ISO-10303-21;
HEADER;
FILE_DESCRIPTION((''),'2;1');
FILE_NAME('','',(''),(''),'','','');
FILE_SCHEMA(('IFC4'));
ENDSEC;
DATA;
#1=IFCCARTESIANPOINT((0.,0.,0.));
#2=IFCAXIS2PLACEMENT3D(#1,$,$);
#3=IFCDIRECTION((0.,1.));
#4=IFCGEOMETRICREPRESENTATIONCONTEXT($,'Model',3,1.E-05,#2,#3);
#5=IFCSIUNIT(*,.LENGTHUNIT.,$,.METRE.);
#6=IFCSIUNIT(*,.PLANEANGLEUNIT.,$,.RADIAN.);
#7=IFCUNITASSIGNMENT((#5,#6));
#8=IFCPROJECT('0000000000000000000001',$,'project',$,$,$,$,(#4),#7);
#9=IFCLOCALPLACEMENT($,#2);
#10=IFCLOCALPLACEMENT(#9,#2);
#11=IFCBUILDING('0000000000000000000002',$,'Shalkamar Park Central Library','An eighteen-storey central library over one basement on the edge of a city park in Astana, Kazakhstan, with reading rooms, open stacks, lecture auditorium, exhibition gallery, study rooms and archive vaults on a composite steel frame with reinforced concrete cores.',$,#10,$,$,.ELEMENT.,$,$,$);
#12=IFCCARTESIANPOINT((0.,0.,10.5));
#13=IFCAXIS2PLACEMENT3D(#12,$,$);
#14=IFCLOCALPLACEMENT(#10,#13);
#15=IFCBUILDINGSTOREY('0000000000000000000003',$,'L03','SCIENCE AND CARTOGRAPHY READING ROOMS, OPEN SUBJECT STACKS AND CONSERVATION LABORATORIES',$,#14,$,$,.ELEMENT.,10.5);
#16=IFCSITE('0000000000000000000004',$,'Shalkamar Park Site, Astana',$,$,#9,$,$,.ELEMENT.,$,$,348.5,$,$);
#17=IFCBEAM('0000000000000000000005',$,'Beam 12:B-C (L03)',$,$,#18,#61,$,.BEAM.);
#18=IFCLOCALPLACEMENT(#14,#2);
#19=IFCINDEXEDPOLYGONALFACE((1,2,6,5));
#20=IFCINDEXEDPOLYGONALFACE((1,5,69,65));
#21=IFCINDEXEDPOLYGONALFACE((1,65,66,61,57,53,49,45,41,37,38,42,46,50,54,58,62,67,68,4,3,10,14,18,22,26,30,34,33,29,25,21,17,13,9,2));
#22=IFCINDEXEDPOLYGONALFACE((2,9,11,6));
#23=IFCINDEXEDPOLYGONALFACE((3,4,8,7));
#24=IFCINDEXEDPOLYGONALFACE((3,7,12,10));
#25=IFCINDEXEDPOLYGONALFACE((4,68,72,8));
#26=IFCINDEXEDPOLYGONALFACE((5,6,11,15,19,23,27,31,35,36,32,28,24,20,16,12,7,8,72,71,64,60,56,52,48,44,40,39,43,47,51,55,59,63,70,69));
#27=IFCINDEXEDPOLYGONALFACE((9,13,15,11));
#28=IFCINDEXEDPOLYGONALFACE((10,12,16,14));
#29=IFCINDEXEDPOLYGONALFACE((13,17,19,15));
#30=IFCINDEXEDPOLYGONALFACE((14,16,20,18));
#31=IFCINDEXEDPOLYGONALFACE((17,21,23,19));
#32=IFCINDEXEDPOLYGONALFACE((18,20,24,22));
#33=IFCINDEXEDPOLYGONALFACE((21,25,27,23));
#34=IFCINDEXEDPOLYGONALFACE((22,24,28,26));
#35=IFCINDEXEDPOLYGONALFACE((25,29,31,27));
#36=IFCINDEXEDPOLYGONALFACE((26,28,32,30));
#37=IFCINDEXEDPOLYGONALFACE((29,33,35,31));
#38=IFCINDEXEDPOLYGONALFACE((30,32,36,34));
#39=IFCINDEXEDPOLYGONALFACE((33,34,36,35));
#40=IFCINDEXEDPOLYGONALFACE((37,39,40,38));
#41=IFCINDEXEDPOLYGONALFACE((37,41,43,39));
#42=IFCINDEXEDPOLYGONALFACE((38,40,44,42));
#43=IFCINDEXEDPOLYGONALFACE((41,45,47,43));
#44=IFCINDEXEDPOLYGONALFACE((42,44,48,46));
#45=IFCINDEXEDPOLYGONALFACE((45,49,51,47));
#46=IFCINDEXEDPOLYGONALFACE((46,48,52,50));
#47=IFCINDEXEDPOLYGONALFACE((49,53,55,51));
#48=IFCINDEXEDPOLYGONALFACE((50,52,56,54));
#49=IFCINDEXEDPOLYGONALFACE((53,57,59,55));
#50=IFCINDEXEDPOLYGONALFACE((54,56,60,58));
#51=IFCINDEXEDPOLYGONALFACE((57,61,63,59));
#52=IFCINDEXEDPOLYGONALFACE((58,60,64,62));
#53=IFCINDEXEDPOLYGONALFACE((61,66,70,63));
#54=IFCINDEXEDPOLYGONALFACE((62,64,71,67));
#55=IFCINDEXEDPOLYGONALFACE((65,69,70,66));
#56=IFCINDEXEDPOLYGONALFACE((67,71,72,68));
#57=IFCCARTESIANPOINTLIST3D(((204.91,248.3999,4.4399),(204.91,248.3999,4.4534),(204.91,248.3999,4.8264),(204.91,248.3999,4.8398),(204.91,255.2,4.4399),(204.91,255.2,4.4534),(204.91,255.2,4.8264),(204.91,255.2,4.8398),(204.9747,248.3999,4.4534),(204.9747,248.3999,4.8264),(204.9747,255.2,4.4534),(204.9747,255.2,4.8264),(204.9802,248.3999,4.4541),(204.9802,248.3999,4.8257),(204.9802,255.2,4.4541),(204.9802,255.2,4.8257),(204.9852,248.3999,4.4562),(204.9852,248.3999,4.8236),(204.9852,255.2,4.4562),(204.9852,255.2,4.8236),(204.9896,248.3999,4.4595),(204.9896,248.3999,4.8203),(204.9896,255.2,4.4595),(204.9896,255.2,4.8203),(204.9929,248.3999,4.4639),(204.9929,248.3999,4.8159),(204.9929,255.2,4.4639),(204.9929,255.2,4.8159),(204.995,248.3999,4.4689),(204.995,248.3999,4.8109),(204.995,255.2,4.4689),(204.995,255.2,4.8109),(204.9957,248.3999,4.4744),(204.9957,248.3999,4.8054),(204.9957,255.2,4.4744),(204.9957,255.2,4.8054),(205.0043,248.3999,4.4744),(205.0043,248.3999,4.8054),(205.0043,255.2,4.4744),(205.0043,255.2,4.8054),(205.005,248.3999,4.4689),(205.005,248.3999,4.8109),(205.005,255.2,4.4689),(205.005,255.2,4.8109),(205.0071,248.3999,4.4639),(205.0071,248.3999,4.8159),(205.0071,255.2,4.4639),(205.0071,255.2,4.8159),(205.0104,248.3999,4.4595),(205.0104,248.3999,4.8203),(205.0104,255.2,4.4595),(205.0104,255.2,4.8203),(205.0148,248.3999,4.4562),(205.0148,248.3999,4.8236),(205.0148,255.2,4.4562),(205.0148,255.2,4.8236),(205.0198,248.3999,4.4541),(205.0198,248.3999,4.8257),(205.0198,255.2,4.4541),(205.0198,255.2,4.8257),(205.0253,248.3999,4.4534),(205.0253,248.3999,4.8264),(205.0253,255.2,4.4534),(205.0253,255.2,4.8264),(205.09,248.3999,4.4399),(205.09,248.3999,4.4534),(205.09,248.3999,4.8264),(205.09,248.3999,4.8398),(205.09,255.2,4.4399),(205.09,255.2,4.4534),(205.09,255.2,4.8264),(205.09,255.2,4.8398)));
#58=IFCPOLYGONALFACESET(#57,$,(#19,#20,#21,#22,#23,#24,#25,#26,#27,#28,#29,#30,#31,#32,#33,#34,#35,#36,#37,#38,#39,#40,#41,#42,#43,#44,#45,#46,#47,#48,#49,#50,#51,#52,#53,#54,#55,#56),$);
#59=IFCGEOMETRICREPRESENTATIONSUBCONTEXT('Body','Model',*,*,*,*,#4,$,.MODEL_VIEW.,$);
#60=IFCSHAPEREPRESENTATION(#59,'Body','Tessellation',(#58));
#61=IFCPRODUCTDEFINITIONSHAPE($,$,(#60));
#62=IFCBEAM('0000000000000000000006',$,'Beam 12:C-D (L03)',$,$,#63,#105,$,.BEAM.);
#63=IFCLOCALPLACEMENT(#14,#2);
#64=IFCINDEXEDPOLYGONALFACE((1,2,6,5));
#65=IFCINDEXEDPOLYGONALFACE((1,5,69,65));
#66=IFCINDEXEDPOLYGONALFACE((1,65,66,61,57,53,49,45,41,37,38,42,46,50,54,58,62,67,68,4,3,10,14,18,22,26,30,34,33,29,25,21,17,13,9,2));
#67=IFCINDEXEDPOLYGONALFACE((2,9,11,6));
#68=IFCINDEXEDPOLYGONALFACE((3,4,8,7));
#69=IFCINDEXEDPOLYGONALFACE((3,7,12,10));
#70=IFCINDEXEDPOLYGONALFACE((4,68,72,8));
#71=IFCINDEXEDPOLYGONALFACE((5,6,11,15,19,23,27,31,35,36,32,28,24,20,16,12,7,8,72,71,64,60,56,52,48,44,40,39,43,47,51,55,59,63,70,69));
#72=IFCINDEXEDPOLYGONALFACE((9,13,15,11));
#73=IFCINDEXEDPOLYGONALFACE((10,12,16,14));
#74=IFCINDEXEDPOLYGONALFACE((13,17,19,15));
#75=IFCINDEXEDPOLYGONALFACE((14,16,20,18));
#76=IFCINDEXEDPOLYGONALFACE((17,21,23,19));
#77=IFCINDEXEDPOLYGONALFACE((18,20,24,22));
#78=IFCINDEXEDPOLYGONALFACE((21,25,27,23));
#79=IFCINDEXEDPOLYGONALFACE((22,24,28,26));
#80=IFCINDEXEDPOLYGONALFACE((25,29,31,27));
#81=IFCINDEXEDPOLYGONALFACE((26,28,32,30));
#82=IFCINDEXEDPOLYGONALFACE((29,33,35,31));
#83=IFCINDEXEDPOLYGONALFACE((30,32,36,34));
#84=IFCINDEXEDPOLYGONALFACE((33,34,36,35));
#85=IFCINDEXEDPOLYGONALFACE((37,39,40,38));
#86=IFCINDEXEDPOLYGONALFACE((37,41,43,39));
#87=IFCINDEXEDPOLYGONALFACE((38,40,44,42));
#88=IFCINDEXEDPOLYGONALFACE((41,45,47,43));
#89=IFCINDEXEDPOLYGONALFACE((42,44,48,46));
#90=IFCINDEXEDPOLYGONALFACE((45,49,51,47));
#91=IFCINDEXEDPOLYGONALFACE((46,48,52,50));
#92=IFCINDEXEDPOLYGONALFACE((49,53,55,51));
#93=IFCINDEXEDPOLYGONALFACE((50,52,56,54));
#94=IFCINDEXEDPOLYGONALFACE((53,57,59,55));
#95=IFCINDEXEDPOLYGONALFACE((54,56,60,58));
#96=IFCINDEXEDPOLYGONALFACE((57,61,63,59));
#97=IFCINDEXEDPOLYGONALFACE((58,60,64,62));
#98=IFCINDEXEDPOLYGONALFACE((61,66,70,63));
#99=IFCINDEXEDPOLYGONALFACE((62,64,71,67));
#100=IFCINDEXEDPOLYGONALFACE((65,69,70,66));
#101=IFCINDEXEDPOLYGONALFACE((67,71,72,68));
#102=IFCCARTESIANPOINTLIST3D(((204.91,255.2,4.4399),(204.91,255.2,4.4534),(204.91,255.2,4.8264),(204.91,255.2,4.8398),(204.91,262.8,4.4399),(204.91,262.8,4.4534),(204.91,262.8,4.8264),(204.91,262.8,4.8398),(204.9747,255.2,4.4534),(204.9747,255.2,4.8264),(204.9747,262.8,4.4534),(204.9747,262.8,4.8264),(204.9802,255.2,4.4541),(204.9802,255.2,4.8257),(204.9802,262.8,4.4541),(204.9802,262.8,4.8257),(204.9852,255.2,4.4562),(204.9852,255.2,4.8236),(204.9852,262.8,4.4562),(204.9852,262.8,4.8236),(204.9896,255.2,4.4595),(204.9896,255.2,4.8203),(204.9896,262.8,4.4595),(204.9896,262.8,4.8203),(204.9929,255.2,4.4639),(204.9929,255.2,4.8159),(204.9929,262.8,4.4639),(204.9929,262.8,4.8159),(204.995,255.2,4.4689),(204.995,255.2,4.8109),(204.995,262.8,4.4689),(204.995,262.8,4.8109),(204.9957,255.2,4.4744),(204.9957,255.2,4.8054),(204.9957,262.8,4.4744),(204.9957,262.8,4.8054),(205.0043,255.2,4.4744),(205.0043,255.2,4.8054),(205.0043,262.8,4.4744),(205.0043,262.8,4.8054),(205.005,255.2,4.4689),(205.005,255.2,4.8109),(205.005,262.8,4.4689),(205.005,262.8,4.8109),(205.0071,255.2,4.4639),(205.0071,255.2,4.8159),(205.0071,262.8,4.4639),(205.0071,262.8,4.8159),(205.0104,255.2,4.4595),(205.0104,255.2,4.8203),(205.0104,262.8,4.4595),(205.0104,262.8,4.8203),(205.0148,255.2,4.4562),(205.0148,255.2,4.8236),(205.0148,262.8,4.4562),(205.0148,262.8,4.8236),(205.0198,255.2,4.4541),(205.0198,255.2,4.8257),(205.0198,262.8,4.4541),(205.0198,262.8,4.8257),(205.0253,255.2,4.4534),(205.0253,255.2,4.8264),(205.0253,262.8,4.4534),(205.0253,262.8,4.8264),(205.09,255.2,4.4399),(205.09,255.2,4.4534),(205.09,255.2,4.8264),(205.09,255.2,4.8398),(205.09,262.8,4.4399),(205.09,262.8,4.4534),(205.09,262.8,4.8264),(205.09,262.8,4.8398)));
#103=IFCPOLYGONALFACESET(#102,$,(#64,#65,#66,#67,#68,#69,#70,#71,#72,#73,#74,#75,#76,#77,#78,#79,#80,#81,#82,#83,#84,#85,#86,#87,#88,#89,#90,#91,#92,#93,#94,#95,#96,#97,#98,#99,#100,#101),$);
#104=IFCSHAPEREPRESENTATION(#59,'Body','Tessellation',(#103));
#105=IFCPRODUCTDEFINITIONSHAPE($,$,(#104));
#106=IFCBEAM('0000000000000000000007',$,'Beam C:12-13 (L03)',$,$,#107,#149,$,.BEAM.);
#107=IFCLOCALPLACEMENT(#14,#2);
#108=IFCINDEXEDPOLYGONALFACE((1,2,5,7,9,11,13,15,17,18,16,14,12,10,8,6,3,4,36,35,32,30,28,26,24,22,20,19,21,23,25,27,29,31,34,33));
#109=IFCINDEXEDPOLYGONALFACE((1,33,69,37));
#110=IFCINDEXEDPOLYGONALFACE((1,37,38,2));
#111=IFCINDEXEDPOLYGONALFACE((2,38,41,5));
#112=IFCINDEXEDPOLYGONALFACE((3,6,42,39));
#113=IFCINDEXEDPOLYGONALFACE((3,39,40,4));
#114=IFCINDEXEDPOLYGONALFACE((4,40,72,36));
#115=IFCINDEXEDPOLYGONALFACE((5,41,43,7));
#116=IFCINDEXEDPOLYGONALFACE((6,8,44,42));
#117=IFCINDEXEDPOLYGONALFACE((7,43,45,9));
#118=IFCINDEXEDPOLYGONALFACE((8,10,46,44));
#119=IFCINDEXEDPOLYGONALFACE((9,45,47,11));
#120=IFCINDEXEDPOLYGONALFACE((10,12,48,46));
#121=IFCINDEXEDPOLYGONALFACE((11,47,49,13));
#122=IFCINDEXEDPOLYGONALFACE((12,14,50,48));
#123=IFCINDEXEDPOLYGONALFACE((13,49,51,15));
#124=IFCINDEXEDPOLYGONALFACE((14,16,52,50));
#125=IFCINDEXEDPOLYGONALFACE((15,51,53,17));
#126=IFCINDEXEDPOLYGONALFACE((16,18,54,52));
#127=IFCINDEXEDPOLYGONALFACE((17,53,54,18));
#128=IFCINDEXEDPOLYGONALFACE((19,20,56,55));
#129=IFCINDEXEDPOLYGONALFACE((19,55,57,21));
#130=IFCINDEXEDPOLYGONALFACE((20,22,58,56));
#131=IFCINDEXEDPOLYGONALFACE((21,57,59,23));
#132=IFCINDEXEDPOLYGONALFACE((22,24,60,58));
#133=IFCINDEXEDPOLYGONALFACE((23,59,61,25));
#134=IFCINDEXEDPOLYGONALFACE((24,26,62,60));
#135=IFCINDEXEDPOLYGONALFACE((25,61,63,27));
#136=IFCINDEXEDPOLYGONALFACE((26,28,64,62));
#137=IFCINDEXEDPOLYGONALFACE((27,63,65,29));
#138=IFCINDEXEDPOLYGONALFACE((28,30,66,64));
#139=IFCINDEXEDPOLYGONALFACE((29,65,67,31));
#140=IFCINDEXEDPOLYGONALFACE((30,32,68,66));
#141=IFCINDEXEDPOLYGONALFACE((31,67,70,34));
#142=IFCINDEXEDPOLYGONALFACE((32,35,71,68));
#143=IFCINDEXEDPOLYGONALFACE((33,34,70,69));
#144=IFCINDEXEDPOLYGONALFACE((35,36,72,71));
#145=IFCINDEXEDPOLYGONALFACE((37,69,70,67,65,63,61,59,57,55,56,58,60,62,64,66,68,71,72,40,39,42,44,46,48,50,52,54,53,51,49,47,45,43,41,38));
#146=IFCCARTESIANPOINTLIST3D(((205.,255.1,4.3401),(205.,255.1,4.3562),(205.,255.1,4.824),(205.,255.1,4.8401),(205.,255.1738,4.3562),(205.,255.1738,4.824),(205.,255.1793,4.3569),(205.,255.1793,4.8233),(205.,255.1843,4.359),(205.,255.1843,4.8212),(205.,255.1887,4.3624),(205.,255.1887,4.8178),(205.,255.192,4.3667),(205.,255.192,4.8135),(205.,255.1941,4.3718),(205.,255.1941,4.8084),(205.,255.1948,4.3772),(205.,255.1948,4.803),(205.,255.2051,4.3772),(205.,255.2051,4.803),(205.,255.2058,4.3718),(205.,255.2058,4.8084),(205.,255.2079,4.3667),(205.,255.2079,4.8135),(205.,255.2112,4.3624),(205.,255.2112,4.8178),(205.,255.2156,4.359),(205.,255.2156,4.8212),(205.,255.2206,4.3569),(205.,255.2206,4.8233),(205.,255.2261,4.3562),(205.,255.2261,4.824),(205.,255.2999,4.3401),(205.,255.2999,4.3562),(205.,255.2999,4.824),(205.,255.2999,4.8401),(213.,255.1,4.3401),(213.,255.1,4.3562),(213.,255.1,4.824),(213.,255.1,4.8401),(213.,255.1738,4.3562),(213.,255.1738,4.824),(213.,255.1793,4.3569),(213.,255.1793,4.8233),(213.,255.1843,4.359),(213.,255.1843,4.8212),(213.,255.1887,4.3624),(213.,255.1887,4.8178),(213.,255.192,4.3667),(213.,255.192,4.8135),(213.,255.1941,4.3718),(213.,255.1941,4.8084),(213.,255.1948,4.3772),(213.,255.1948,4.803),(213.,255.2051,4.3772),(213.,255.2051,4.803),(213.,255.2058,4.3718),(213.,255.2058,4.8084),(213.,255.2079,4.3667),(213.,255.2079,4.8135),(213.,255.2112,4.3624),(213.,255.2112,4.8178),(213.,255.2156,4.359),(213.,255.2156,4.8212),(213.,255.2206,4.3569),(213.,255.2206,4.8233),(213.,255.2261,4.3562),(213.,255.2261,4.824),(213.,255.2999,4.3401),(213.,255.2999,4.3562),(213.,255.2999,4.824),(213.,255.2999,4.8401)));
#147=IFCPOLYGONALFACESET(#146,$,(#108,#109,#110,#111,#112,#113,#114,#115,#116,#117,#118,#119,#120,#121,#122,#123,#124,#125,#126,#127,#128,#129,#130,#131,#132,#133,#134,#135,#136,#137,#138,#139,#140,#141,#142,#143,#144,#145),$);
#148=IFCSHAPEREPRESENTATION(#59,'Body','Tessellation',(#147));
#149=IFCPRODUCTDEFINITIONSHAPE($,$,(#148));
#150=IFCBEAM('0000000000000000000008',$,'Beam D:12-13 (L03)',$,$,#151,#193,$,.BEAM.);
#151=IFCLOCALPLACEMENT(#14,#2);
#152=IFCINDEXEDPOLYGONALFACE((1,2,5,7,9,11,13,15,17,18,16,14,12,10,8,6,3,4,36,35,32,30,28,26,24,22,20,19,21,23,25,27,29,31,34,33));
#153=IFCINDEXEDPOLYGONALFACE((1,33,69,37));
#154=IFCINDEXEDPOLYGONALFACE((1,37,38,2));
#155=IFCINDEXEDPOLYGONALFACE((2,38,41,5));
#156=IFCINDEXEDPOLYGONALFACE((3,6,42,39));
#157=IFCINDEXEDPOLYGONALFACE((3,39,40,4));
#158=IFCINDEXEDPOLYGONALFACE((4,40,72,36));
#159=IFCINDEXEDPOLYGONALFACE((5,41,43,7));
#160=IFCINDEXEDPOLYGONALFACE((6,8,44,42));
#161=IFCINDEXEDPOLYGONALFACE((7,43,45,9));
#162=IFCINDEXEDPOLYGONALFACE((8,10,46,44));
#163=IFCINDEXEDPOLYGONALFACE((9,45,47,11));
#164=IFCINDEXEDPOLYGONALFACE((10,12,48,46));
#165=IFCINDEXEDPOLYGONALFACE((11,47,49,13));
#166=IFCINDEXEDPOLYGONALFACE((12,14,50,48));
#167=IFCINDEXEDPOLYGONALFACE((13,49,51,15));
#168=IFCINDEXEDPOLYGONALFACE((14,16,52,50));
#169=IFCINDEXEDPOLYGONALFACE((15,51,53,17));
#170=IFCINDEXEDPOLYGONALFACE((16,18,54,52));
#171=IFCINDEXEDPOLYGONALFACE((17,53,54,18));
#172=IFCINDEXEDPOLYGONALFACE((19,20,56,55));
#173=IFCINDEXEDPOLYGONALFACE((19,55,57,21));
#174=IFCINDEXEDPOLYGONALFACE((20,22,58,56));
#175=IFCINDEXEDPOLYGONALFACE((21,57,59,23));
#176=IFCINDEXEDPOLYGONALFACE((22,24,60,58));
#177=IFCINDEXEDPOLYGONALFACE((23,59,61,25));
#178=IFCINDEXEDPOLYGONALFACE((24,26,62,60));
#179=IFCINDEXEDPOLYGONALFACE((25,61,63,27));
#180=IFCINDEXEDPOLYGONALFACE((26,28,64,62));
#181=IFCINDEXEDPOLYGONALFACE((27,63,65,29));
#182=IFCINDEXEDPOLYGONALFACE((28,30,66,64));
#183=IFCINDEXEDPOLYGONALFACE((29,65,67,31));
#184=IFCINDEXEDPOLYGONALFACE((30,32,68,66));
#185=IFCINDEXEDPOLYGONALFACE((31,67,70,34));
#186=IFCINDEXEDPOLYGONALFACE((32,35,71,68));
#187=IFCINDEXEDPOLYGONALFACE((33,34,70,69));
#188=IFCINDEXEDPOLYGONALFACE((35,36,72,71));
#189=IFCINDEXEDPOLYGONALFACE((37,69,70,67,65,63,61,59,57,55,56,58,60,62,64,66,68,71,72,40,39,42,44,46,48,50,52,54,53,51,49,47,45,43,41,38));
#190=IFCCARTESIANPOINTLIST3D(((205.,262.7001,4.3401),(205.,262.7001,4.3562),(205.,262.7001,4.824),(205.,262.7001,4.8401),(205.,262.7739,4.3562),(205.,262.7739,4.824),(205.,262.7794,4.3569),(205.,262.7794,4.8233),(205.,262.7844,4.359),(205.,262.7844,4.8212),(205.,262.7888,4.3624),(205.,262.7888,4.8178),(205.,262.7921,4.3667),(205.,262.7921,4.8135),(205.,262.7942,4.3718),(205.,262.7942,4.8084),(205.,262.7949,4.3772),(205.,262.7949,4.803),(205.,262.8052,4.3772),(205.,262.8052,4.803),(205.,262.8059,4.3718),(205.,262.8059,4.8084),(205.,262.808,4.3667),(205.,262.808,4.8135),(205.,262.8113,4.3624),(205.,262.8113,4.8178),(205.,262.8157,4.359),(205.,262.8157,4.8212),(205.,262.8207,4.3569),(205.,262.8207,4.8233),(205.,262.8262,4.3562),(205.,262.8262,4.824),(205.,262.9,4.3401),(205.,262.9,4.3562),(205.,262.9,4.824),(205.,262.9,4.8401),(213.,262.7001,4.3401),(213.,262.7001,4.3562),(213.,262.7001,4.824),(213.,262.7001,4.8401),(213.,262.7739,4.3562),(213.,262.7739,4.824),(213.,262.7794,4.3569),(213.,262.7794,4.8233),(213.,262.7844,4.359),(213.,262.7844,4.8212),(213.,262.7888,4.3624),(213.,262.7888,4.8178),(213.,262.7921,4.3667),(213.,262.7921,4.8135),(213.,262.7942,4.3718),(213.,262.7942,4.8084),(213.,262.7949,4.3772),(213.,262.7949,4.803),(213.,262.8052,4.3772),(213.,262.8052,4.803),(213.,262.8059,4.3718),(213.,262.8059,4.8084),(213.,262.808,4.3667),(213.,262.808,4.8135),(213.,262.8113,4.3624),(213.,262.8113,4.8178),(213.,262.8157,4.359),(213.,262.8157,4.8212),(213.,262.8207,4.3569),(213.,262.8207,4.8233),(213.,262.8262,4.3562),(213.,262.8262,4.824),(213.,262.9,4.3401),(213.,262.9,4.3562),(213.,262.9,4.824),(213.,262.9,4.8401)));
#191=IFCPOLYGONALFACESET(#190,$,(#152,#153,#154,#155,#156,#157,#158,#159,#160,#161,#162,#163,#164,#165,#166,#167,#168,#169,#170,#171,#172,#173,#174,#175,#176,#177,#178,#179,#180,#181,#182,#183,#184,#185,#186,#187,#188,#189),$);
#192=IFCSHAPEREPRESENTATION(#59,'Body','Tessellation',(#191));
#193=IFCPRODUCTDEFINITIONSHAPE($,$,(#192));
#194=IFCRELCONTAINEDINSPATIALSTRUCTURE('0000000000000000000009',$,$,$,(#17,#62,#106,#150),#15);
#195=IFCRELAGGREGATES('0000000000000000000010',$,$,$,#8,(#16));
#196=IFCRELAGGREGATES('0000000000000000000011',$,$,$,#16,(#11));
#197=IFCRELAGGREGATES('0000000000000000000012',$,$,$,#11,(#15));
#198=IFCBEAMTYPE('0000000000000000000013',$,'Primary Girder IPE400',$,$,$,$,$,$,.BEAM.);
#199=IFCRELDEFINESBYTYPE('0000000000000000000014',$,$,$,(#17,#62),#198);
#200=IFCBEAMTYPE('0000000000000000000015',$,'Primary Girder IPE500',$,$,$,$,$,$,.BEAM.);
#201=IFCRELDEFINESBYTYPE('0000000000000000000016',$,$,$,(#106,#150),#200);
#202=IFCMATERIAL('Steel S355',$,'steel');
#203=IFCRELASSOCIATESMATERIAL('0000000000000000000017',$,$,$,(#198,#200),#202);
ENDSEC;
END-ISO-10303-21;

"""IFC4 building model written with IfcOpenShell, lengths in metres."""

from ifc_helpers import new_model, si_unit, direction, frame, origin, origin_2d, place, context, subcontext, project, spatial, i_section, extrude, material, material_profile, profile_set, type_object, element, save


model = new_model("IFC4")

# Units and contexts
model_context = context("Model", 3, precision=1e-05, world=origin(), true_north=direction((0.0, 1.0)))
body_context = subcontext(model_context, "Body", "Model", "MODEL_VIEW")
ifc_project = project(units=[si_unit("LENGTHUNIT", "METRE"), si_unit("PLANEANGLEUNIT", "RADIAN")], contexts=[model_context])

# Site, building, storey
site_placement = place(None, origin())
site = spatial("IfcSite", under=ifc_project, at=site_placement, Name="Shalkamar Park Site, Astana", CompositionType="ELEMENT", RefElevation=348.5)
building_placement = place(site_placement, origin())
building = spatial("IfcBuilding", under=site, at=building_placement, Name="Shalkamar Park Central Library", Description="An eighteen-storey central library over one basement on the edge of a city park in Astana, Kazakhstan, with reading rooms, open stacks, lecture auditorium, exhibition gallery, study rooms and archive vaults on a composite steel frame with reinforced concrete cores.", CompositionType="ELEMENT")
storey_placement = place(building_placement, frame((0.0, 0.0, 10.5)))
storey = spatial("IfcBuildingStorey", under=building, at=storey_placement, Name="L03", Description="SCIENCE AND CARTOGRAPHY READING ROOMS, OPEN SUBJECT STACKS AND CONSERVATION LABORATORIES", CompositionType="ELEMENT", Elevation=10.5)

# Shared definitions
ifc_material_1 = material(Name="Steel S355", Category="steel")

# Beams
ifc_material_profile_1 = material_profile(ifc_material_1, i_section(OverallWidth=0.1799, OverallDepth=0.3999, WebThickness=0.0085, FlangeThickness=0.0134, FilletRadius=0.021, at=origin_2d()), Name="IPE 400")
ifc_profile_set_1 = profile_set([ifc_material_profile_1], Name="Steel S355")
beam_type_1 = type_object("IfcBeamType", Name="Primary Girder IPE400", PredefinedType="BEAM", material=ifc_profile_set_1)
beam_1_placement = place(storey_placement, frame((205.0, 248.3999, 4.6399), z_axis=(0.0, 1.0, 0.0), x_axis=(-1.0, 0.0, 0.0)))
element("IfcBeam", 1, at=beam_1_placement, inside=storey, type_object=beam_type_1, Name="Beam 12:B-C (L03)", PredefinedType="BEAM", context=body_context, shape_type="SweptSolid", body=[
    extrude(i_section(OverallWidth=0.1799, OverallDepth=0.3999, WebThickness=0.0085, FlangeThickness=0.0134, FilletRadius=0.021, at=origin_2d()), origin(), (0.0, 0.0, 1.0), 6.8),
])
beam_2_placement = place(storey_placement, frame((205.0, 255.2, 4.6399), z_axis=(0.0, 1.0, 0.0), x_axis=(-1.0, 0.0, 0.0)))
element("IfcBeam", 2, at=beam_2_placement, inside=storey, type_object=beam_type_1, Name="Beam 12:C-D (L03)", PredefinedType="BEAM", context=body_context, shape_type="SweptSolid", body=[
    extrude(i_section(OverallWidth=0.1799, OverallDepth=0.3999, WebThickness=0.0085, FlangeThickness=0.0134, FilletRadius=0.021, at=origin_2d()), origin(), (0.0, 0.0, 1.0), 7.6001),
])
ifc_material_profile_2 = material_profile(ifc_material_1, i_section(OverallWidth=0.2, OverallDepth=0.5, WebThickness=0.0103, FlangeThickness=0.0161, FilletRadius=0.021, at=origin_2d()), Name="IPE 500")
ifc_profile_set_2 = profile_set([ifc_material_profile_2], Name="Steel S355")
beam_type_2 = type_object("IfcBeamType", Name="Primary Girder IPE500", PredefinedType="BEAM", material=ifc_profile_set_2)
for number, where, z_axis, x_axis, name in (
    (3, (205.0, 255.2, 4.5901), (1.0, 0.0, 0.0), (0.0, 1.0, 0.0), "Beam C:12-13 (L03)"),
    (4, (205.0, 262.8, 4.5901), (1.0, 0.0, 0.0), (0.0, 1.0, 0.0), "Beam D:12-13 (L03)"),
):
    element("IfcBeam", number, at=place(storey_placement, frame(where, z_axis=z_axis, x_axis=x_axis)), inside=storey, type_object=beam_type_2, Name=name, PredefinedType="BEAM", context=body_context, shape_type="SweptSolid", body=[
        extrude(i_section(OverallWidth=0.2, OverallDepth=0.5, WebThickness=0.0103, FlangeThickness=0.0161, FilletRadius=0.021, at=origin_2d()), origin(), (0.0, 0.0, 1.0), 8.0),
    ])

save(model, "model.ifc")
